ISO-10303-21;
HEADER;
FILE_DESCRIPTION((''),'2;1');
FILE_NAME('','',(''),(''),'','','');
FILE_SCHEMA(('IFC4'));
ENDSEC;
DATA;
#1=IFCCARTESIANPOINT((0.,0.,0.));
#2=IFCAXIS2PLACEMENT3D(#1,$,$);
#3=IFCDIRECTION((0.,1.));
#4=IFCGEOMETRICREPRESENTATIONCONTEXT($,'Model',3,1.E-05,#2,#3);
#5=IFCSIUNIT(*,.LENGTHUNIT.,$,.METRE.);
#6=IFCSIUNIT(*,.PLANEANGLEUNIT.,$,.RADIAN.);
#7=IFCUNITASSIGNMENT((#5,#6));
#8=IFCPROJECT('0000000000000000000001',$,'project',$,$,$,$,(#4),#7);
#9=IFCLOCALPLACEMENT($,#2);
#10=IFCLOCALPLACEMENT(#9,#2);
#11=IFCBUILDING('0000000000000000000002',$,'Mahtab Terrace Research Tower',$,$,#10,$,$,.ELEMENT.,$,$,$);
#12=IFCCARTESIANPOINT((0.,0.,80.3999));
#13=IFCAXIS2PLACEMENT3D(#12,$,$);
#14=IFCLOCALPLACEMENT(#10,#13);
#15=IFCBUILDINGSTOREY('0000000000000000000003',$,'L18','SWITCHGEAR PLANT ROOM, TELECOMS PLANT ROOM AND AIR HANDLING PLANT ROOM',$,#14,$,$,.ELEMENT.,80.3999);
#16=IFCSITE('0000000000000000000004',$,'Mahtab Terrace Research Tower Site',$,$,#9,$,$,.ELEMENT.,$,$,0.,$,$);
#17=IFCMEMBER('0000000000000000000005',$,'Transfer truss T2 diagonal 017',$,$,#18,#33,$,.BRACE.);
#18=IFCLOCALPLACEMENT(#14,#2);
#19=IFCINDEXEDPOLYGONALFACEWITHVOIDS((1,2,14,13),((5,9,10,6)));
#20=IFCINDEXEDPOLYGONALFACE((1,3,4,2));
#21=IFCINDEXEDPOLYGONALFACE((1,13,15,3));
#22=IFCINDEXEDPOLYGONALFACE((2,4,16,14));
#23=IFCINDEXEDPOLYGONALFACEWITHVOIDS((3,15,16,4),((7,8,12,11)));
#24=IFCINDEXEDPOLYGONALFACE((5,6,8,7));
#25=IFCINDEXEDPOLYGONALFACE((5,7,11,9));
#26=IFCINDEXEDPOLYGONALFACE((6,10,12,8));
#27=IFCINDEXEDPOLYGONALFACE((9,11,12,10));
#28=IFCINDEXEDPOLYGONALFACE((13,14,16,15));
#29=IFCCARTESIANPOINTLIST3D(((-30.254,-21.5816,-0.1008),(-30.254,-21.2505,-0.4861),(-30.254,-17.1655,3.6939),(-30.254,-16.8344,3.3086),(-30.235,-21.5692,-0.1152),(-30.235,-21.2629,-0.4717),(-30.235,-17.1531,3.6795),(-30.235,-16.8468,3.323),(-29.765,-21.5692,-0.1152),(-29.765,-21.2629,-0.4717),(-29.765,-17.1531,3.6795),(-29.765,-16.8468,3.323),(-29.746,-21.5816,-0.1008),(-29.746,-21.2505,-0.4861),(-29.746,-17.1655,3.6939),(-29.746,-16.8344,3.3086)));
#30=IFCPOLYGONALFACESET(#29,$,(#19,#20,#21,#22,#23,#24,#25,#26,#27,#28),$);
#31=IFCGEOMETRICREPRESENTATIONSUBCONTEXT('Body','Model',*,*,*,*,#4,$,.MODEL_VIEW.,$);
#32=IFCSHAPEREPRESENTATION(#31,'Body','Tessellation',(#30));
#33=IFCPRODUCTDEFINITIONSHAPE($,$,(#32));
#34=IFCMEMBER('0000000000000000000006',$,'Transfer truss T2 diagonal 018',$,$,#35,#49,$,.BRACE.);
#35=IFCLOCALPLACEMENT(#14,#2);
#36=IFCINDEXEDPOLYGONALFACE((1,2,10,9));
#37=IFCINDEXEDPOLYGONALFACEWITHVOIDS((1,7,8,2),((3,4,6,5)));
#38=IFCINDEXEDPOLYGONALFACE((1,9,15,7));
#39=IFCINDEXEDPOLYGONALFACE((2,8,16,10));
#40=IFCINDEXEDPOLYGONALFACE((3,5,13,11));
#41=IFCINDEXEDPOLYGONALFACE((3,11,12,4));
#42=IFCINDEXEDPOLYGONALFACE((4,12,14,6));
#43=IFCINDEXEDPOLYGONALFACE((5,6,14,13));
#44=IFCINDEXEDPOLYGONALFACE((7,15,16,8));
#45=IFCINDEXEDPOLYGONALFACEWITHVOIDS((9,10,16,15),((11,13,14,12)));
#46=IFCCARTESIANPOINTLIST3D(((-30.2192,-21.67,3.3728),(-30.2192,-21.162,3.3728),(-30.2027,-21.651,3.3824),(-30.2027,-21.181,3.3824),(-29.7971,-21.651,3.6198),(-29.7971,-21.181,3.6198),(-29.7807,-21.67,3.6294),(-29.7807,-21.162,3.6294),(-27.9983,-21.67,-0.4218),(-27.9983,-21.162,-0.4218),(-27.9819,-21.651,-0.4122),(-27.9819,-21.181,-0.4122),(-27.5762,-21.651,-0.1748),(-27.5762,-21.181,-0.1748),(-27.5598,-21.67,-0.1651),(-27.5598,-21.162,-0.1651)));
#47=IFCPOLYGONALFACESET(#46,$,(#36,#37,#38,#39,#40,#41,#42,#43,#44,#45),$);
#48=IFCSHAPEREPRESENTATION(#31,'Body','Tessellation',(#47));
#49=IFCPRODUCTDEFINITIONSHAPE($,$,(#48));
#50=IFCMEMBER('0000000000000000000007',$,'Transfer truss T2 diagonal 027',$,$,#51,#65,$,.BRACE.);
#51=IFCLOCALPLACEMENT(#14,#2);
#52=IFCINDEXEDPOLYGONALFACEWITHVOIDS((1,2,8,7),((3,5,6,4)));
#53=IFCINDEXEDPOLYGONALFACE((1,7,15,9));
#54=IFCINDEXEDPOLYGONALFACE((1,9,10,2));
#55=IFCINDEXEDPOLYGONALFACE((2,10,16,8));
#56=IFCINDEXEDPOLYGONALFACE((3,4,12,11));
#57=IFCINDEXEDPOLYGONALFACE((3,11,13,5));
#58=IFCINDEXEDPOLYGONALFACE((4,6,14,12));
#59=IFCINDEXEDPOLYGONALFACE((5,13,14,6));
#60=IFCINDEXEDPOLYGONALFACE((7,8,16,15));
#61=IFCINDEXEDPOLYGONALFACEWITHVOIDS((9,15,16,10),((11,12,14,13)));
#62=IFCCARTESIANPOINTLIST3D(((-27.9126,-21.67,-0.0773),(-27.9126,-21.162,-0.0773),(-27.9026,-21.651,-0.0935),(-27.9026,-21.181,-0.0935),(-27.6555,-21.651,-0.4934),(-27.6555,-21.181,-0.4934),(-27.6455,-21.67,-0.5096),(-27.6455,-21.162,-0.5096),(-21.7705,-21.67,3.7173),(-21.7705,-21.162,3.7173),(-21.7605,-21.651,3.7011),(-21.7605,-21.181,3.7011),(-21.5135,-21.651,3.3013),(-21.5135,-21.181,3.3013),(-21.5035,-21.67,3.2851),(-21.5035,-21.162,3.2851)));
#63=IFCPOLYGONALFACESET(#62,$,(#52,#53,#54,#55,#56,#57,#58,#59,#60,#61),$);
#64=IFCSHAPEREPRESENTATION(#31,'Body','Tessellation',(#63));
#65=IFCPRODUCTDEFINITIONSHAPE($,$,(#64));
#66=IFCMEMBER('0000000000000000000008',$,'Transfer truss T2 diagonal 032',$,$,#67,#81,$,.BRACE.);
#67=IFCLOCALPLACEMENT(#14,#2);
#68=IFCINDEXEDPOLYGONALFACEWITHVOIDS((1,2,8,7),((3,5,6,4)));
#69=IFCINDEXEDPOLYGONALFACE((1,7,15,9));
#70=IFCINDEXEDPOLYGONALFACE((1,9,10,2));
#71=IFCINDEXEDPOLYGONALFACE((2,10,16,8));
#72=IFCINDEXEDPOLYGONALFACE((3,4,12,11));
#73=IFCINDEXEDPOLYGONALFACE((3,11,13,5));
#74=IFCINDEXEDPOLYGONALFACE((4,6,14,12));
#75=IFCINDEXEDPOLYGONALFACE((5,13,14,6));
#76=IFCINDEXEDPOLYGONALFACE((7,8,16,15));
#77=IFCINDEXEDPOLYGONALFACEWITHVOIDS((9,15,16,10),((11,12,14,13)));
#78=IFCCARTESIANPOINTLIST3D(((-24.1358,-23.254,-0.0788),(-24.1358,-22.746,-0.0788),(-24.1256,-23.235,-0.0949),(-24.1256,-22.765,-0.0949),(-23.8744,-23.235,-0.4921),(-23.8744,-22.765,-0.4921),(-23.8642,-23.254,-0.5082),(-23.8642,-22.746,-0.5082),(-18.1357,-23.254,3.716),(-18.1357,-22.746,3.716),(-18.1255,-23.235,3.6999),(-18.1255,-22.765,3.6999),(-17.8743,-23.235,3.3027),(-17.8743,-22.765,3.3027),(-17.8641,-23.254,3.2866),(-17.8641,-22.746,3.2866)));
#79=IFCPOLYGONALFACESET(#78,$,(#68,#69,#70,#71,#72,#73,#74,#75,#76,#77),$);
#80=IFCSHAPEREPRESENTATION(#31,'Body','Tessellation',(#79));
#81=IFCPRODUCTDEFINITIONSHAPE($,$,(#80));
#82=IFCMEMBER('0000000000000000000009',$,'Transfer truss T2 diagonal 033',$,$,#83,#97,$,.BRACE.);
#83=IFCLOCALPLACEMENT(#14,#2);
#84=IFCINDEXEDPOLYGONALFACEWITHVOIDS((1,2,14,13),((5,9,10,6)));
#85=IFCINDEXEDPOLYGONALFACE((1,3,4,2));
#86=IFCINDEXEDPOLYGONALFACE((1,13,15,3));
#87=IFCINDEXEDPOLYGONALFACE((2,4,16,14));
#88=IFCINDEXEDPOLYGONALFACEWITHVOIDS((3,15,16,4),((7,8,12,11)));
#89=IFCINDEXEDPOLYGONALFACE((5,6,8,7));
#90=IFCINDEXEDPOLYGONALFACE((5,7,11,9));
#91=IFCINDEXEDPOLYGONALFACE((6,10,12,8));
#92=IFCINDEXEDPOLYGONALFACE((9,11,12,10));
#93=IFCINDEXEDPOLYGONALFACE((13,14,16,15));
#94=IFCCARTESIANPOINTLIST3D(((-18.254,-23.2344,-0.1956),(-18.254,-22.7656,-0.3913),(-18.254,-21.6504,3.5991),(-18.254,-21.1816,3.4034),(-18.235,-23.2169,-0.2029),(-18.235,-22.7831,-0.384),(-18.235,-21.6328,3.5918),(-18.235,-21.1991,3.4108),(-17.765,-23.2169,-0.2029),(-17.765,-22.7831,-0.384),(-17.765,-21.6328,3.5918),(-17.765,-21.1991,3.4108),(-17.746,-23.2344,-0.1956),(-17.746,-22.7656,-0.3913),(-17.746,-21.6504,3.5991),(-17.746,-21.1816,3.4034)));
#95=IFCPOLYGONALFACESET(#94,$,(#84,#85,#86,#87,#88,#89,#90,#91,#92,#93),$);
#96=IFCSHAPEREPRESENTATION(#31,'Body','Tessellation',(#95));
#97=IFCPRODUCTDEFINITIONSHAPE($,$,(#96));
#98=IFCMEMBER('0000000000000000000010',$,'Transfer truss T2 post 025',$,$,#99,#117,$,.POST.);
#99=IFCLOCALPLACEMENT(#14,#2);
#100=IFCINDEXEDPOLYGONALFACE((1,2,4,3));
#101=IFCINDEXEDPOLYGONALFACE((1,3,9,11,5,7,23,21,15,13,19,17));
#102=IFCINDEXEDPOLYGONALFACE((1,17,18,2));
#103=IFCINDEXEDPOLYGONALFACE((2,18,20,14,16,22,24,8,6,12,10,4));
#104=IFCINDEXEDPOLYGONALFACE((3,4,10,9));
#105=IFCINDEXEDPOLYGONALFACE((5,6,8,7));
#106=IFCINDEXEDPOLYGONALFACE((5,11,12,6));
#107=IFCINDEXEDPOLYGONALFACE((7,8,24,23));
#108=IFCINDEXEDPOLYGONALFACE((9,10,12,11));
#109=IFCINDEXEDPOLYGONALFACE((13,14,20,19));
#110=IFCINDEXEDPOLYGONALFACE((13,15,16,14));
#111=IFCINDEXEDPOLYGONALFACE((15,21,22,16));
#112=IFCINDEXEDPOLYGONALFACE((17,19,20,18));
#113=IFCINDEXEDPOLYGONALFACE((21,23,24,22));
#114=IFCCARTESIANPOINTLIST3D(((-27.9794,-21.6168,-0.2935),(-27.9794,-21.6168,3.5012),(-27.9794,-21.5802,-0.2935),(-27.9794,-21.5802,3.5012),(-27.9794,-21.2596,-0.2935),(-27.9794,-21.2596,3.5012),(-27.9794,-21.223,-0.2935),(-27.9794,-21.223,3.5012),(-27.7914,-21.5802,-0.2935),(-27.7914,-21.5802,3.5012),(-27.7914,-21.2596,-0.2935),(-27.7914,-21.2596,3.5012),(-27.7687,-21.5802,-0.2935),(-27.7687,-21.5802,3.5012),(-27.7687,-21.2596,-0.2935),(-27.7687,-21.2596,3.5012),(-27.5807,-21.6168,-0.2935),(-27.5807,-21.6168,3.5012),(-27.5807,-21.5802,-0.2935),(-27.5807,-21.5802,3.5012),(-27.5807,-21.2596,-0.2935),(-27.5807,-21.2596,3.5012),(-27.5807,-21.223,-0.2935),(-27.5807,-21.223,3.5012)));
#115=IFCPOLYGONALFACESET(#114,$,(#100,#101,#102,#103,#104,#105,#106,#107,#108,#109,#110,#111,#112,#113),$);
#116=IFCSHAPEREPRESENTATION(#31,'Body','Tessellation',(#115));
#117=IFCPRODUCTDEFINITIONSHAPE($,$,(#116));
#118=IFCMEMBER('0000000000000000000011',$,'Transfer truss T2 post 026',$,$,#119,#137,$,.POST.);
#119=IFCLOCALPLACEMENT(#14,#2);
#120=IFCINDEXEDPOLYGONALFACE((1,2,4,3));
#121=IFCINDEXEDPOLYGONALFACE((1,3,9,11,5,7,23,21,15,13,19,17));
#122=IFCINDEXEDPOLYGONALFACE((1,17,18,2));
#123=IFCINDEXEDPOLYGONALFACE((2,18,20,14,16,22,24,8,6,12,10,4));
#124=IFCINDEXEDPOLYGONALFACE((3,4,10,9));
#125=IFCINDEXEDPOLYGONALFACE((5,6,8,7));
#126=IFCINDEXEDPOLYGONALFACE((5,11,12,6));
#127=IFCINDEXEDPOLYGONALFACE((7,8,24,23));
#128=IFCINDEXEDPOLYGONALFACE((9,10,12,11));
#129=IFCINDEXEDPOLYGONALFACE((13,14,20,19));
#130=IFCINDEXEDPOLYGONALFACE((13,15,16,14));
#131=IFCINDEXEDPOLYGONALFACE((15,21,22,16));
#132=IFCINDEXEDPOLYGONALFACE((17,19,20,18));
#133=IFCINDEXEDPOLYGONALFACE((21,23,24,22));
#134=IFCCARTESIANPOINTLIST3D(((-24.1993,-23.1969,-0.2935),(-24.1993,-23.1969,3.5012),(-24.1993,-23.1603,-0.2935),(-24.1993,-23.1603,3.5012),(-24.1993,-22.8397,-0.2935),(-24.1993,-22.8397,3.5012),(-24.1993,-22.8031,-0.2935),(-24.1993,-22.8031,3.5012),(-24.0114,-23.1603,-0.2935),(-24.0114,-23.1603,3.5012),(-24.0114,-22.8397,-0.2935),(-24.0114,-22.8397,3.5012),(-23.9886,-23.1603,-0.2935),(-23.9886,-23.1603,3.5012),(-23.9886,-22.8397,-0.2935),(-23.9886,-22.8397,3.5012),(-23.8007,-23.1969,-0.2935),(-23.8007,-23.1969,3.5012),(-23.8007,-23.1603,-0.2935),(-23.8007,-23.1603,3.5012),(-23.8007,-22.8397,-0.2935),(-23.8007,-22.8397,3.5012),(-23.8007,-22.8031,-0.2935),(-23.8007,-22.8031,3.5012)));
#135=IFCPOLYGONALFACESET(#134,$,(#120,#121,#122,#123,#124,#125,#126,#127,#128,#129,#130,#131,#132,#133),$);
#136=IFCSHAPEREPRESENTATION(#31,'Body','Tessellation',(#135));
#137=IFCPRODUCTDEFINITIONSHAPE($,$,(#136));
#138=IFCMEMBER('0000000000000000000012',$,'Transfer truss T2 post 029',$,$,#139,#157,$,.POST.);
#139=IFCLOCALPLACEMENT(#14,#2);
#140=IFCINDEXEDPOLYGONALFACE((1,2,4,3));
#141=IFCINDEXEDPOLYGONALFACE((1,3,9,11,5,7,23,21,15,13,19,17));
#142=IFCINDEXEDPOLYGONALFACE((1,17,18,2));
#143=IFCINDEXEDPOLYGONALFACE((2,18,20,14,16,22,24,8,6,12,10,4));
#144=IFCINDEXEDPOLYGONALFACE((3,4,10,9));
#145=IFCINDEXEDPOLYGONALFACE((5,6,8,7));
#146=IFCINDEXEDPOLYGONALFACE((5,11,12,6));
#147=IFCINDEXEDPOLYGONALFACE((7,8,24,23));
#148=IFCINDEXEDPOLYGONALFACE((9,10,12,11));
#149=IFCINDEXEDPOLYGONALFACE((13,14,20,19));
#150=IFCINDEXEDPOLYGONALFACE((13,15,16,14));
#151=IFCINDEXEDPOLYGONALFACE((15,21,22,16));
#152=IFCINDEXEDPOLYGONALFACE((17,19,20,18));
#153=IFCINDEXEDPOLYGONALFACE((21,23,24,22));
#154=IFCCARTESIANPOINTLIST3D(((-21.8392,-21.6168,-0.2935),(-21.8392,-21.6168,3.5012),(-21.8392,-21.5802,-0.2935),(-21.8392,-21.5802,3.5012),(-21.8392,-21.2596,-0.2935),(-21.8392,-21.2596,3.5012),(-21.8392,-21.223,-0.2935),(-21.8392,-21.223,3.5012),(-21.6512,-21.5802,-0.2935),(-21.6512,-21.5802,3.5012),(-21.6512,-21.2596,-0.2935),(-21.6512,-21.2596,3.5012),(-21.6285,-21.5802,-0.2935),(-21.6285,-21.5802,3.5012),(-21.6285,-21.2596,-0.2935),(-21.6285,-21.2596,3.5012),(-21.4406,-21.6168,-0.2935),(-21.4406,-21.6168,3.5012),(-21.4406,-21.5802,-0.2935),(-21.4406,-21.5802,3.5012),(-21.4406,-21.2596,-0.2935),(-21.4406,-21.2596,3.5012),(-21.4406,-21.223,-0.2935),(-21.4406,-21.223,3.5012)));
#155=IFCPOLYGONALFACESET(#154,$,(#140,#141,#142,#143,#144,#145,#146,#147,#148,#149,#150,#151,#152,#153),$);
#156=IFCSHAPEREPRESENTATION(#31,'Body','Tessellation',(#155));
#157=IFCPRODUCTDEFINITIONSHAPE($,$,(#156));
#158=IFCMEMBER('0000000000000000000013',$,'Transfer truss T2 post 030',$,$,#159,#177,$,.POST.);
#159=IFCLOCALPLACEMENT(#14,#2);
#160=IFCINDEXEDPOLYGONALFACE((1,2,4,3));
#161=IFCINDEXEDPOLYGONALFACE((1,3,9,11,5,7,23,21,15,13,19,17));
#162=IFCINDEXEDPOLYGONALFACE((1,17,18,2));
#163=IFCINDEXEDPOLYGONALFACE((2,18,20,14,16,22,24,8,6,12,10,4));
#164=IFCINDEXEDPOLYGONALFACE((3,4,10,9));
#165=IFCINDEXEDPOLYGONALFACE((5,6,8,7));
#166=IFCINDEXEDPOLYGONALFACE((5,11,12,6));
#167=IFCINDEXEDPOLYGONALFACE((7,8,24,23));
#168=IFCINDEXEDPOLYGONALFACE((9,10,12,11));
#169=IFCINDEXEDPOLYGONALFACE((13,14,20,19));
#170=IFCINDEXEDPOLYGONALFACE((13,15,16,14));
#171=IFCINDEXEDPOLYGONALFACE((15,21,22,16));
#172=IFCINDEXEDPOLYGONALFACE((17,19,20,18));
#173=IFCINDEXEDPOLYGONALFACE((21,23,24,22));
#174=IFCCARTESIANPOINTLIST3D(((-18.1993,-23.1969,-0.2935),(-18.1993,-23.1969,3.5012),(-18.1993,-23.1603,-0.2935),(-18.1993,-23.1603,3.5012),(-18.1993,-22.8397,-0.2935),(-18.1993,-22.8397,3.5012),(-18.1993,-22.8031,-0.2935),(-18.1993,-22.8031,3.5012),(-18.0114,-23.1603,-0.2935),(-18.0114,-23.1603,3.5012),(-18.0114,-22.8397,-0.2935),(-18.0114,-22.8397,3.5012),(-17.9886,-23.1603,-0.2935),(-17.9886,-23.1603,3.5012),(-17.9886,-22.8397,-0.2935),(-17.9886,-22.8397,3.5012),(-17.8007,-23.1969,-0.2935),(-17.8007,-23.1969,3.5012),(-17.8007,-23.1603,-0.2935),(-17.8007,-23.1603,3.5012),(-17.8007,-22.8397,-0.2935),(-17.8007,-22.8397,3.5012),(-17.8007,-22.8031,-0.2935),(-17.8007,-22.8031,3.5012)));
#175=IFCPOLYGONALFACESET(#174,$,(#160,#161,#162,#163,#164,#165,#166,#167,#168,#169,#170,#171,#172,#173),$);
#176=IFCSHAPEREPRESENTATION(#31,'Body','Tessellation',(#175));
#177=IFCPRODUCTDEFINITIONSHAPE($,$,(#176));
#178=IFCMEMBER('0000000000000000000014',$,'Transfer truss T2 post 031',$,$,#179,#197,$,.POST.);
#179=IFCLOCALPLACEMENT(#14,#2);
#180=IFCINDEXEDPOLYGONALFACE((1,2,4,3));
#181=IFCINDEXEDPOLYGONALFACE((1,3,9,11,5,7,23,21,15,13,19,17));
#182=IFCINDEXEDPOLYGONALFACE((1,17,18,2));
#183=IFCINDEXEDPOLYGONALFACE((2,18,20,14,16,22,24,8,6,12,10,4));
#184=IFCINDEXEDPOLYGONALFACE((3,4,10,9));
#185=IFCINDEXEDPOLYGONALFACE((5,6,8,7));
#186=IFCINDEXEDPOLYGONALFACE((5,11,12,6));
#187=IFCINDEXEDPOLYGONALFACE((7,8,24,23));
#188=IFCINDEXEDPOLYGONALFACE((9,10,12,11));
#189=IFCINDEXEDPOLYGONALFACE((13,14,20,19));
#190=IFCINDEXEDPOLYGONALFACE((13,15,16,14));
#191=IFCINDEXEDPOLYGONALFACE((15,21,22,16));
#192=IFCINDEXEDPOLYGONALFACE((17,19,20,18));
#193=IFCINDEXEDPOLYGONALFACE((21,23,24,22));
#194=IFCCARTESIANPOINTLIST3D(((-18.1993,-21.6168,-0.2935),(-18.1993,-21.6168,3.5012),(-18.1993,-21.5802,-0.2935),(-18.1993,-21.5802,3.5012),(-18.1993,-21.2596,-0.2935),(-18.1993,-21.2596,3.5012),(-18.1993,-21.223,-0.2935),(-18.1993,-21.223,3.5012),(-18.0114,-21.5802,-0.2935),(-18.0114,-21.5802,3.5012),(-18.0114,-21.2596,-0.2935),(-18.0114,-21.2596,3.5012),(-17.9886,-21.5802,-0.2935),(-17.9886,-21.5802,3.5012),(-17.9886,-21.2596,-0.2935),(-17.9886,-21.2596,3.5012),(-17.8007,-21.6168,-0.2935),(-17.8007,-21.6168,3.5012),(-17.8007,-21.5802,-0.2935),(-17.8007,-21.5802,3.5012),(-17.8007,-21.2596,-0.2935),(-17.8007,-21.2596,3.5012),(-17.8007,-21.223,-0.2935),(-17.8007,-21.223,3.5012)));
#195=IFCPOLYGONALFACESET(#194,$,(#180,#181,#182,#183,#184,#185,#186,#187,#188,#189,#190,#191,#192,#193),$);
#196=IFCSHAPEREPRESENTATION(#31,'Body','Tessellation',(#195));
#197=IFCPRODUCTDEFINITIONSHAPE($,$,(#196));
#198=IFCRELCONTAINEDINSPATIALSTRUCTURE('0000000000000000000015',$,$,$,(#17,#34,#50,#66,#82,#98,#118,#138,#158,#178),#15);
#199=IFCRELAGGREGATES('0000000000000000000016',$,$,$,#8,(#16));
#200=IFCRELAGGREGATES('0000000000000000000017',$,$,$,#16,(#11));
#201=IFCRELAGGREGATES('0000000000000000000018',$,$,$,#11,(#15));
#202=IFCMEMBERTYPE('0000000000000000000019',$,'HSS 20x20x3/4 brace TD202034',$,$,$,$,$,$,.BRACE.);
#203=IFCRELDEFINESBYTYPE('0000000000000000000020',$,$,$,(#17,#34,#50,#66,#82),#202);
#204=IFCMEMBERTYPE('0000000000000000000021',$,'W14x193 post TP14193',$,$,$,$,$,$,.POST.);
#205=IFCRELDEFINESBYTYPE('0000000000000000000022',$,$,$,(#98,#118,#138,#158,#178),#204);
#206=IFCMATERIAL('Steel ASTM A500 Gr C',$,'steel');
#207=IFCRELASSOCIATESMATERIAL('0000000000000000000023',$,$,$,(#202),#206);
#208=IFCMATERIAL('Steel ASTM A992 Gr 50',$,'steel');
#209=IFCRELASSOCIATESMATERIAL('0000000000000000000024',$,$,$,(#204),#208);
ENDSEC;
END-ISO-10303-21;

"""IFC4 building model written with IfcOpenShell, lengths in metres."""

from ifc_helpers import new_model, si_unit, direction, frame, origin, origin_2d, place, context, subcontext, project, spatial, hollow_rectangle, i_section, extrude, material, material_profile, profile_set, type_object, element, save


model = new_model("IFC4")

# Units and contexts
model_context = context("Model", 3, precision=1e-05, world=origin(), true_north=direction((0.0, 1.0)))
body_context = subcontext(model_context, "Body", "Model", "MODEL_VIEW")
ifc_project = project(units=[si_unit("LENGTHUNIT", "METRE"), si_unit("PLANEANGLEUNIT", "RADIAN")], contexts=[model_context])

# Site, building, storey
site_placement = place(None, origin())
site = spatial("IfcSite", under=ifc_project, at=site_placement, Name="Mahtab Terrace Research Tower Site", CompositionType="ELEMENT", RefElevation=0.0)
building_placement = place(site_placement, origin())
building = spatial("IfcBuilding", under=site, at=building_placement, Name="Mahtab Terrace Research Tower", CompositionType="ELEMENT")
storey_placement = place(building_placement, frame((0.0, 0.0, 80.3999)))
storey = spatial("IfcBuildingStorey", under=building, at=storey_placement, Name="L18", Description="SWITCHGEAR PLANT ROOM, TELECOMS PLANT ROOM AND AIR HANDLING PLANT ROOM", CompositionType="ELEMENT", Elevation=80.3999)

# Members
ifc_material_1 = material(Name="Steel ASTM A500 Gr C", Category="steel")
ifc_material_profile_1 = material_profile(ifc_material_1, hollow_rectangle(XDim=0.5081, YDim=0.5081, WallThickness=0.019, at=origin_2d()), Name="HSS20X20X3/4")
ifc_profile_set_1 = profile_set([ifc_material_profile_1], Name="Steel ASTM A500 Gr C")
member_type_1 = type_object("IfcMemberType", Name="HSS 20x20x3/4 brace TD202034", PredefinedType="BRACE", material=ifc_profile_set_1)
member_1_placement = place(storey_placement, frame((-30.0, -21.416, -0.2935), z_axis=(0.0, 0.758448, 0.651734), x_axis=(-1.0, 0.0, 0.0)))
element("IfcMember", 1, at=member_1_placement, inside=storey, type_object=member_type_1, Name="Transfer truss T2 diagonal 017", PredefinedType="BRACE", context=body_context, shape_type="SweptSolid", body=[
    extrude(hollow_rectangle(XDim=0.5081, YDim=0.5081, WallThickness=0.019, at=origin_2d()), origin(), (0.0, 0.0, 1.0), 5.8225),
])
member_2_placement = place(storey_placement, frame((-27.7791, -21.416, -0.2935), z_axis=(-0.505124, 0.0, 0.863047), x_axis=(0.0, -1.0, 0.0)))
element("IfcMember", 2, at=member_2_placement, inside=storey, type_object=member_type_1, Name="Transfer truss T2 diagonal 018", PredefinedType="BRACE", context=body_context, shape_type="SweptSolid", body=[
    extrude(hollow_rectangle(XDim=0.5081, YDim=0.5081, WallThickness=0.019, at=origin_2d()), origin(), (0.0, 0.0, 1.0), 4.3967),
])
member_3_placement = place(storey_placement, frame((-27.7791, -21.416, -0.2935), z_axis=(0.850734, 0.0, 0.525597), x_axis=(0.0, 1.0, 0.0)))
element("IfcMember", 3, at=member_3_placement, inside=storey, type_object=member_type_1, Name="Transfer truss T2 diagonal 027", PredefinedType="BRACE", context=body_context, shape_type="SweptSolid", body=[
    extrude(hollow_rectangle(XDim=0.5081, YDim=0.5081, WallThickness=0.019, at=origin_2d()), origin(), (0.0, 0.0, 1.0), 7.2197),
])
member_4_placement = place(storey_placement, frame((-24.0, -23.0, -0.2935), z_axis=(0.845158, 0.0, 0.534517), x_axis=(0.0, 1.0, 0.0)))
element("IfcMember", 4, at=member_4_placement, inside=storey, type_object=member_type_1, Name="Transfer truss T2 diagonal 032", PredefinedType="BRACE", context=body_context, shape_type="SweptSolid", body=[
    extrude(hollow_rectangle(XDim=0.5081, YDim=0.5081, WallThickness=0.019, at=origin_2d()), origin(), (0.0, 0.0, 1.0), 7.0994),
])
member_5_placement = place(storey_placement, frame((-18.0, -23.0, -0.2935), z_axis=(0.0, 0.38521, 0.922829), x_axis=(-1.0, 0.0, 0.0)))
element("IfcMember", 5, at=member_5_placement, inside=storey, type_object=member_type_1, Name="Transfer truss T2 diagonal 033", PredefinedType="BRACE", context=body_context, shape_type="SweptSolid", body=[
    extrude(hollow_rectangle(XDim=0.5081, YDim=0.5081, WallThickness=0.019, at=origin_2d()), origin(), (0.0, 0.0, 1.0), 4.1121),
])
ifc_material_2 = material(Name="Steel ASTM A992 Gr 50", Category="steel")
ifc_material_profile_2 = material_profile(ifc_material_2, i_section(OverallWidth=0.3987, OverallDepth=0.3938, WebThickness=0.0227, FlangeThickness=0.0366, at=origin_2d()), Name="W14X193")
ifc_profile_set_2 = profile_set([ifc_material_profile_2], Name="Steel ASTM A992 Gr 50")
member_type_2 = type_object("IfcMemberType", Name="W14x193 post TP14193", PredefinedType="POST", material=ifc_profile_set_2)
for number, where, z_axis, x_axis, name in (
    (6, (-27.78, -21.4199, -0.2935), (0.0, 0.0, 1.0), (1.0, 0.0, 0.0), "Transfer truss T2 post 025"),
    (7, (-24.0, -23.0, -0.2935), (0.0, 0.0, 1.0), (1.0, 0.0, 0.0), "Transfer truss T2 post 026"),
    (8, (-21.6399, -21.4199, -0.2935), (0.0, 0.0, 1.0), (1.0, 0.0, 0.0), "Transfer truss T2 post 029"),
    (9, (-18.0, -23.0, -0.2935), (0.0, 0.0, 1.0), (1.0, 0.0, 0.0), "Transfer truss T2 post 030"),
    (10, (-18.0, -21.4199, -0.2935), (0.0, 0.0, 1.0), (1.0, 0.0, 0.0), "Transfer truss T2 post 031"),
):
    element("IfcMember", number, at=place(storey_placement, frame(where, z_axis=z_axis, x_axis=x_axis)), inside=storey, type_object=member_type_2, Name=name, PredefinedType="POST", context=body_context, shape_type="SweptSolid", body=[
        extrude(i_section(OverallWidth=0.3987, OverallDepth=0.3938, WebThickness=0.0227, FlangeThickness=0.0366, at=origin_2d()), origin(), (0.0, 0.0, 1.0), 3.7947),
    ])

save(model, "model.ifc")
